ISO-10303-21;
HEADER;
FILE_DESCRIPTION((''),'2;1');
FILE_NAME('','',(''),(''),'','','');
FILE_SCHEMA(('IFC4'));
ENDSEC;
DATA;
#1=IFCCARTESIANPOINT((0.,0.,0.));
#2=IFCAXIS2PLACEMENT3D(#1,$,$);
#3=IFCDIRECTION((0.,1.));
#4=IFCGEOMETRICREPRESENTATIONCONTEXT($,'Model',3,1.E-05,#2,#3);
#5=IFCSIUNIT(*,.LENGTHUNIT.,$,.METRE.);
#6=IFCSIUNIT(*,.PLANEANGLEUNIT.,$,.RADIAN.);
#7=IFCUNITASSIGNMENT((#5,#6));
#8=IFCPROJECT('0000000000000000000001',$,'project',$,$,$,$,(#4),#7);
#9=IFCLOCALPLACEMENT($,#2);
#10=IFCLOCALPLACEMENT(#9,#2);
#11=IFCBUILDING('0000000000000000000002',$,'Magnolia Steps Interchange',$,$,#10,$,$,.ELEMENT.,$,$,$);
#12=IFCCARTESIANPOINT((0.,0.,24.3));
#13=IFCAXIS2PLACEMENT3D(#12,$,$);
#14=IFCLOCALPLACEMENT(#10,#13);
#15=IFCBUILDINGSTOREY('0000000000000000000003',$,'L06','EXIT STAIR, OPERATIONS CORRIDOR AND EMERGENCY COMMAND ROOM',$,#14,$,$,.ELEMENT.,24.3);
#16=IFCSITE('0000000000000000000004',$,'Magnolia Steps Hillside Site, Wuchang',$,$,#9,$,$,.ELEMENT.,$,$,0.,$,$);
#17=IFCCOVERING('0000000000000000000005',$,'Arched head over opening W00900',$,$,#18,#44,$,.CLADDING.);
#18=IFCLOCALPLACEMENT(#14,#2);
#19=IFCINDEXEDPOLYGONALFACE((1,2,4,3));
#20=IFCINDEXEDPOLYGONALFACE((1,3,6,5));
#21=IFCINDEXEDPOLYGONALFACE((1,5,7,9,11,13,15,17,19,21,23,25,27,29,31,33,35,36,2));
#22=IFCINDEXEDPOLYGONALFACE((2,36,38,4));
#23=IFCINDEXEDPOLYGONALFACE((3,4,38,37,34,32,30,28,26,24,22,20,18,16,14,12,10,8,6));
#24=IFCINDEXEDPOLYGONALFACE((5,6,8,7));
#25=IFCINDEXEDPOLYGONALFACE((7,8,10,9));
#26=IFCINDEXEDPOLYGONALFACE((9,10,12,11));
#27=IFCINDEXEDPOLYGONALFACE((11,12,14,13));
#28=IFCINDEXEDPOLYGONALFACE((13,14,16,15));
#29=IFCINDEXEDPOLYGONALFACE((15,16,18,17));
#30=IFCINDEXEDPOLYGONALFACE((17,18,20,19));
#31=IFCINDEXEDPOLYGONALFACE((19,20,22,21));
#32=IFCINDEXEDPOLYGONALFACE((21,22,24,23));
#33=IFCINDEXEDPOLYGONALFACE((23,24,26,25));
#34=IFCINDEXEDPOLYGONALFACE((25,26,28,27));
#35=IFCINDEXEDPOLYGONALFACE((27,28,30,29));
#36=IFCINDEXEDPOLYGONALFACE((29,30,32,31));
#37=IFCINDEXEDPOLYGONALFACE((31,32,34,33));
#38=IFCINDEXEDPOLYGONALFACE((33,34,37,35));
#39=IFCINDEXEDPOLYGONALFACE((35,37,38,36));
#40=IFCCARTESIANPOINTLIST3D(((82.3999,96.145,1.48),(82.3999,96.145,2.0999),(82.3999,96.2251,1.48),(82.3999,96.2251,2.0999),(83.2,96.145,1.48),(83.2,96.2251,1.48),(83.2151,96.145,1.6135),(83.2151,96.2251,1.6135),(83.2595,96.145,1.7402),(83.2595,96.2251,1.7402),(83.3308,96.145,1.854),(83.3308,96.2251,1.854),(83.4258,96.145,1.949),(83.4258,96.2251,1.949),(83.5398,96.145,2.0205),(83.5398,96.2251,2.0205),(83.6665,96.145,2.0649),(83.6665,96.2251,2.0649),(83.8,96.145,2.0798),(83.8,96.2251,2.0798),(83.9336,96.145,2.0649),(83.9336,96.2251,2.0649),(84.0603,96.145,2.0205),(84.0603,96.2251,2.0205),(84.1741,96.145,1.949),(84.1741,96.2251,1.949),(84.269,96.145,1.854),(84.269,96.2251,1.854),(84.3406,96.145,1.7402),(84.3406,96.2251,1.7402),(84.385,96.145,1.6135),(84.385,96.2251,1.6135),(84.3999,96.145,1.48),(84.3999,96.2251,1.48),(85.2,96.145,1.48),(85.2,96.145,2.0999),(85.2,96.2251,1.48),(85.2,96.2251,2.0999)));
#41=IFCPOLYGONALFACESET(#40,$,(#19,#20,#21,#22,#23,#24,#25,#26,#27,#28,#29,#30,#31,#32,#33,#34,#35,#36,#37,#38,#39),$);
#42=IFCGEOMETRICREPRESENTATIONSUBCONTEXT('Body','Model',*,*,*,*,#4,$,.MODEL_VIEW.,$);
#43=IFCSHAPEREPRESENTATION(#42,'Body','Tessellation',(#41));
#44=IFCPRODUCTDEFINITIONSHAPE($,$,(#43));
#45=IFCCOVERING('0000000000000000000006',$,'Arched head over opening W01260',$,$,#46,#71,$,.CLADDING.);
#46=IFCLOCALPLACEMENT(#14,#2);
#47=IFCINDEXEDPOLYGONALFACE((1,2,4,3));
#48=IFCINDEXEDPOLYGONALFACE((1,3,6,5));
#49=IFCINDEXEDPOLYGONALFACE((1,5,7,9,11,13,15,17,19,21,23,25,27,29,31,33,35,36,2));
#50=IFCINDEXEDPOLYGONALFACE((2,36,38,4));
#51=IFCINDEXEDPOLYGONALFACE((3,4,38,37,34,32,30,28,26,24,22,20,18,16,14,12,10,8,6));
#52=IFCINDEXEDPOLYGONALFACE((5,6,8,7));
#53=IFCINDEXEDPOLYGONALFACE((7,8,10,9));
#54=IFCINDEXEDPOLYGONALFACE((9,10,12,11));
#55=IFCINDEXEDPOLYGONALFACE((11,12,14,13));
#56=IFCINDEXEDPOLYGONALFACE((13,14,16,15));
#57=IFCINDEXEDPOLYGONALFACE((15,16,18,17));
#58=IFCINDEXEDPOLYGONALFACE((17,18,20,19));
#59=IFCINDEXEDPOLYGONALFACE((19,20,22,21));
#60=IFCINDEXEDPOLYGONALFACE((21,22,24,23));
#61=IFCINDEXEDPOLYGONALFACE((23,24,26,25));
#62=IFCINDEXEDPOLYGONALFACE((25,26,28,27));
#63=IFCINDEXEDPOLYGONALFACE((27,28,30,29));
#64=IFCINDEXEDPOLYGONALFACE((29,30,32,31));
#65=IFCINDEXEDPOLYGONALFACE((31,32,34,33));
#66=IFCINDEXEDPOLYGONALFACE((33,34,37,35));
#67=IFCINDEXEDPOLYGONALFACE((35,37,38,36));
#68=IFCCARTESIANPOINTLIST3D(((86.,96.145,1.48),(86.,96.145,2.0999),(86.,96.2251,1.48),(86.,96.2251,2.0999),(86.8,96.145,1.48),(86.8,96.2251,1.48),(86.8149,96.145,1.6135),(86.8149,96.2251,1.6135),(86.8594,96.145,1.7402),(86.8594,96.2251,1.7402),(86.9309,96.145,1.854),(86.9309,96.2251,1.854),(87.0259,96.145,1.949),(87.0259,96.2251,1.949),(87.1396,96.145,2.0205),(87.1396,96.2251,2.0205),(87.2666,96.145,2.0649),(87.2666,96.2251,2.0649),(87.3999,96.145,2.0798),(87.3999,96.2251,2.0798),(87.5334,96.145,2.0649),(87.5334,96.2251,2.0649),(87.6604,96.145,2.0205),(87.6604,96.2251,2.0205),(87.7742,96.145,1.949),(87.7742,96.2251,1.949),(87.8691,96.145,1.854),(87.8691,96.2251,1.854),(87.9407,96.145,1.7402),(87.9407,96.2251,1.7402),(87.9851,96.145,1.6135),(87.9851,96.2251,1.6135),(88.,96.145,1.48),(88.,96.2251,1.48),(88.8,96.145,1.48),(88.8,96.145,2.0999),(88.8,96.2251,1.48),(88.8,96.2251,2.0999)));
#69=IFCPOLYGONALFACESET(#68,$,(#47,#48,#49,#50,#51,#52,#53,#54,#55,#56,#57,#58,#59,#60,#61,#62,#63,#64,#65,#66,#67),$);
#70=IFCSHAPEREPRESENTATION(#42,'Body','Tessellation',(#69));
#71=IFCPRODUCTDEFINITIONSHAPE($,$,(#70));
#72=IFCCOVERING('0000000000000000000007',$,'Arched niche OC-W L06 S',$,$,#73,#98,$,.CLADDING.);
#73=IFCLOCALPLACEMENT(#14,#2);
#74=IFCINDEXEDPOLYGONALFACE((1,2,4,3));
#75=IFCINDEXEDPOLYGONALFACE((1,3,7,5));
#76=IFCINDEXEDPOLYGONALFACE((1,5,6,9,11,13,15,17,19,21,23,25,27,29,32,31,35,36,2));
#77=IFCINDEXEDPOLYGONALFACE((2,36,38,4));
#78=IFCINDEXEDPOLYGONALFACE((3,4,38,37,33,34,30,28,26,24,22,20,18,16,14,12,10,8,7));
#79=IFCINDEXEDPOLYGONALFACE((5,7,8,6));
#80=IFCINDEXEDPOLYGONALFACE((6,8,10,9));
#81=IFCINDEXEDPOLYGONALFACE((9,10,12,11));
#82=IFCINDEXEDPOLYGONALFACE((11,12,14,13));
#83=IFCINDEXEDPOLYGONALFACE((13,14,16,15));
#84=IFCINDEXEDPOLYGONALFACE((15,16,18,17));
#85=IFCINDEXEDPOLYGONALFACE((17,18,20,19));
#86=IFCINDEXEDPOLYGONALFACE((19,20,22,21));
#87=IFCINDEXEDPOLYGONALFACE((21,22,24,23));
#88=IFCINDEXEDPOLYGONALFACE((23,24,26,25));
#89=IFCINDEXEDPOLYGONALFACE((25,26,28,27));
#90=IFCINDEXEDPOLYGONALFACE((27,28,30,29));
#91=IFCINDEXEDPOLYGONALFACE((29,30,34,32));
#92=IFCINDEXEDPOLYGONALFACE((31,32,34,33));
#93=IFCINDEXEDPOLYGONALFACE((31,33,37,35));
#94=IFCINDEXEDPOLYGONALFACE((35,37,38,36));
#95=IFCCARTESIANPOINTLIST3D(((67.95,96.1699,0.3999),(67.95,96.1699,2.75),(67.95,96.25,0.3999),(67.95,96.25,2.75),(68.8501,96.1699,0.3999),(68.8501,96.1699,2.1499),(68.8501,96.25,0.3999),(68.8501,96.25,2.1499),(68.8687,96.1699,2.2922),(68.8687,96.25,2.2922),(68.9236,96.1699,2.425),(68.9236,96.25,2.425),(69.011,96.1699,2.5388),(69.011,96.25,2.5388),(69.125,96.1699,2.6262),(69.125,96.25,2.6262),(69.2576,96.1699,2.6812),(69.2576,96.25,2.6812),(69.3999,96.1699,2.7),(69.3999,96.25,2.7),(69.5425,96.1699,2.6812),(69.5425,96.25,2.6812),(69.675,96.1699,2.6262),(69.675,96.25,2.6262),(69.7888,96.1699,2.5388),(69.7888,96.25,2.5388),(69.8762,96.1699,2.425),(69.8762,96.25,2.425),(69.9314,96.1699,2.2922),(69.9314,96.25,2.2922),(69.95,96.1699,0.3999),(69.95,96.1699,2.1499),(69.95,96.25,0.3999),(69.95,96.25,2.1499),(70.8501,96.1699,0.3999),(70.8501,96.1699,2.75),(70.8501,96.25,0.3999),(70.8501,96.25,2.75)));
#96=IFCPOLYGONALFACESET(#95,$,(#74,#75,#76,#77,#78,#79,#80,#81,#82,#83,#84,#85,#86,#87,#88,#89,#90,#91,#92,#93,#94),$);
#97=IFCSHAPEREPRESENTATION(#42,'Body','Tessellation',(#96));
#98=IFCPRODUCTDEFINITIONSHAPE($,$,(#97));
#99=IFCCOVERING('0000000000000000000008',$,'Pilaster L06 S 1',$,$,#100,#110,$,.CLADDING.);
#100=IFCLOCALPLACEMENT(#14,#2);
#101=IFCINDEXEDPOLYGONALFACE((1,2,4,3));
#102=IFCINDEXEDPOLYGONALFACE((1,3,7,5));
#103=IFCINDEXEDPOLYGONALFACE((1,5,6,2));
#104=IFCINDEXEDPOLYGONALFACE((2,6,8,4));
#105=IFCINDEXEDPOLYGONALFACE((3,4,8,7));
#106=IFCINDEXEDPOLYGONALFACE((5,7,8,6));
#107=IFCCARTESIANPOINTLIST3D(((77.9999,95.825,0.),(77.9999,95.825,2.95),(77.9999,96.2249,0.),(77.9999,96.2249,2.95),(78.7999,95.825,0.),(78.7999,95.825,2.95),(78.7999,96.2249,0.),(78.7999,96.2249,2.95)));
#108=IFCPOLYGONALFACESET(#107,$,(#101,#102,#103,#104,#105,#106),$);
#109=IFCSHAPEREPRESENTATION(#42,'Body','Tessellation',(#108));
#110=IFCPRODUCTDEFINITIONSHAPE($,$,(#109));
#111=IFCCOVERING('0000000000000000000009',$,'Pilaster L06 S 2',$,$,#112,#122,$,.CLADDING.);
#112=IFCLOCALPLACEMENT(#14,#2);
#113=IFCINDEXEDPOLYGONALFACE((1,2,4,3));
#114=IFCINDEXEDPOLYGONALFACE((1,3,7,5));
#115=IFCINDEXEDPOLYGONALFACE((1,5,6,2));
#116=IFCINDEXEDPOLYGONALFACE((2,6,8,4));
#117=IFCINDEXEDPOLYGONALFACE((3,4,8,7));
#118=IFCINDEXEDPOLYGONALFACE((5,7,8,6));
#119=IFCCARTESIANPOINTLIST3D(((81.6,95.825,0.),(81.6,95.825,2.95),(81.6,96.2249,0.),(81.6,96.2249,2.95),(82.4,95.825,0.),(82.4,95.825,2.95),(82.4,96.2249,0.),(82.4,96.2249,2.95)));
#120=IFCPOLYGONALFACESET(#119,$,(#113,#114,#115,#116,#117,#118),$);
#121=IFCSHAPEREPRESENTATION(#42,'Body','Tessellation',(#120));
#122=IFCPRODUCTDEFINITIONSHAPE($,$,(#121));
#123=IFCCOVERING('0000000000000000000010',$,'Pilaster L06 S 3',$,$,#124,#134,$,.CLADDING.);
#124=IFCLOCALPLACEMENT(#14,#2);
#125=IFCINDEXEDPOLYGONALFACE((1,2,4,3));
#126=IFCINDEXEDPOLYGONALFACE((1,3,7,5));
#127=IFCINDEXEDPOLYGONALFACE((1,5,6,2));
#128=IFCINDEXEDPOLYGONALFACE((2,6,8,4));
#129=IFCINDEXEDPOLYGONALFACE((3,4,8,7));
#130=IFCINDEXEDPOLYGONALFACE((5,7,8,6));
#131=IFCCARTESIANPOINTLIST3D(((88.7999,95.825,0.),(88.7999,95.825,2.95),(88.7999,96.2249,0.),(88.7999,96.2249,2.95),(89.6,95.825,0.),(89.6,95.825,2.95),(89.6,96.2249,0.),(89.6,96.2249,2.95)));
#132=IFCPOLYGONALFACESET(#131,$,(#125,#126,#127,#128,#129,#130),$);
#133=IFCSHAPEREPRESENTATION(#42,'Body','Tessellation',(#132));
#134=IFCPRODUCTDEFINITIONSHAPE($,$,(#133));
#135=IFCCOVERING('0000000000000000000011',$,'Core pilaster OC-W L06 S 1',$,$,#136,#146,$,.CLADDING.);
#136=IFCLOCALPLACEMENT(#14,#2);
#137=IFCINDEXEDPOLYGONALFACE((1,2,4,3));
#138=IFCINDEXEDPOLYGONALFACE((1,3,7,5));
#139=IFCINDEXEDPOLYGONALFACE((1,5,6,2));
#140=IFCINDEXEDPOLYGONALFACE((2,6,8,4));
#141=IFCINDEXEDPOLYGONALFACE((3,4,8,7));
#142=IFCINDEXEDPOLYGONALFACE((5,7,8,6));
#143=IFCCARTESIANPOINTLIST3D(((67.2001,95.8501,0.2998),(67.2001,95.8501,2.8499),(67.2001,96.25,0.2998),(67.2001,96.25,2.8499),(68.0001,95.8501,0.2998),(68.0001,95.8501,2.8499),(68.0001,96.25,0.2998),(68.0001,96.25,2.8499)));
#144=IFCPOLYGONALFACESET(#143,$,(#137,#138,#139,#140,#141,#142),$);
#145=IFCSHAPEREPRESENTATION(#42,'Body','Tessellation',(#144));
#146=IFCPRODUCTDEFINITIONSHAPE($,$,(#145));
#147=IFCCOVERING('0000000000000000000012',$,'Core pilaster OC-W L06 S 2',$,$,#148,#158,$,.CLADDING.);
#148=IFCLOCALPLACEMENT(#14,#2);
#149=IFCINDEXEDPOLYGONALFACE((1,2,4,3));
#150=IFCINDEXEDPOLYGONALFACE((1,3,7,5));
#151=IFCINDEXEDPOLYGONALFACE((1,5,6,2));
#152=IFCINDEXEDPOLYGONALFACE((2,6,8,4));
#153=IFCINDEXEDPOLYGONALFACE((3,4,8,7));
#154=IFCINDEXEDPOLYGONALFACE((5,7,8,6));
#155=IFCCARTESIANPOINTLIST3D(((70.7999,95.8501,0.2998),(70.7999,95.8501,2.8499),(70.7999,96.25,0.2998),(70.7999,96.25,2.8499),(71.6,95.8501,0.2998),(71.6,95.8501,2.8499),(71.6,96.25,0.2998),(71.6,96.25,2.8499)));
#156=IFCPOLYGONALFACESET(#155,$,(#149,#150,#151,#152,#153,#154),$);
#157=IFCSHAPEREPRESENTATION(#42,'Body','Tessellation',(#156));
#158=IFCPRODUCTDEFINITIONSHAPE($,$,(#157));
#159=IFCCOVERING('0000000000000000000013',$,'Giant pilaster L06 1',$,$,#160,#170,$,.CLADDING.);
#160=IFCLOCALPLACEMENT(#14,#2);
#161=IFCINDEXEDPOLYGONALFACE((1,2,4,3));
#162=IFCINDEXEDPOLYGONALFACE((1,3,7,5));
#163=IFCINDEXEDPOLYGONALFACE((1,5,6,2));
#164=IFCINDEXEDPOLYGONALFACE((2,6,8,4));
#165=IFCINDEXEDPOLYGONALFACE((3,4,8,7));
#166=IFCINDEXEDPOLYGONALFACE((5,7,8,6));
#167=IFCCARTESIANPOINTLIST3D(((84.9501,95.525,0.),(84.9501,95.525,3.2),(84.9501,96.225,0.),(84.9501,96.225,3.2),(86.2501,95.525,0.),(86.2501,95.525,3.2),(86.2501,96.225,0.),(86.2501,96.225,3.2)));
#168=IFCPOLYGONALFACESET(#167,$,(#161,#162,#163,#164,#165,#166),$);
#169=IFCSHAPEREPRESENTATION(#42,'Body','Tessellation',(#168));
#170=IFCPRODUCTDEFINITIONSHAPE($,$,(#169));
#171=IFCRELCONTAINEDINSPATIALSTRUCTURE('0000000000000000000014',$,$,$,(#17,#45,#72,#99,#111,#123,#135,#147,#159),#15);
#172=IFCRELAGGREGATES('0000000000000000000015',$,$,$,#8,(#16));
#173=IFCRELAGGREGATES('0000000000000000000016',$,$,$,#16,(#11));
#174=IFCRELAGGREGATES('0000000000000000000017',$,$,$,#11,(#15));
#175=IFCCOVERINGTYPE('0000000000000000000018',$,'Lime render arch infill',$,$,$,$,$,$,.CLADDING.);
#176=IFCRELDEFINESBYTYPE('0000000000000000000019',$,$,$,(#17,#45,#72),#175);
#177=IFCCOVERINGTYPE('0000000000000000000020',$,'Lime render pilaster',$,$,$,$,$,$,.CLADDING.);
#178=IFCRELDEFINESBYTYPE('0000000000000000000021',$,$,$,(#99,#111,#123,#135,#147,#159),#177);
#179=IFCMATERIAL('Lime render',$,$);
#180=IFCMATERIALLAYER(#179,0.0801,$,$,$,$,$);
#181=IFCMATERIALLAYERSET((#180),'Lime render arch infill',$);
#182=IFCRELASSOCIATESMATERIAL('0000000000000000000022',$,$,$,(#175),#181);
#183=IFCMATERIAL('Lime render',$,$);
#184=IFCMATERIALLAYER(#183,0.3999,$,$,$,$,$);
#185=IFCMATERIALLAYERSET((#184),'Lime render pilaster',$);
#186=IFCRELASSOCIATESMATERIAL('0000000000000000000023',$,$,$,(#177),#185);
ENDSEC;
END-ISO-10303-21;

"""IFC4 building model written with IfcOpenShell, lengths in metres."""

from ifc_helpers import new_model, si_unit, direction, frame, origin, origin_2d, place, context, subcontext, project, spatial, polyline, rectangle, outline, extrude, material, layer, layer_set, type_object, element, save


model = new_model("IFC4")

# Units and contexts
model_context = context("Model", 3, precision=1e-05, world=origin(), true_north=direction((0.0, 1.0)))
body_context = subcontext(model_context, "Body", "Model", "MODEL_VIEW")
ifc_project = project(units=[si_unit("LENGTHUNIT", "METRE"), si_unit("PLANEANGLEUNIT", "RADIAN")], contexts=[model_context])

# Site, building, storey
site_placement = place(None, origin())
site = spatial("IfcSite", under=ifc_project, at=site_placement, Name="Magnolia Steps Hillside Site, Wuchang", CompositionType="ELEMENT", RefElevation=0.0)
building_placement = place(site_placement, origin())
building = spatial("IfcBuilding", under=site, at=building_placement, Name="Magnolia Steps Interchange", CompositionType="ELEMENT")
storey_placement = place(building_placement, frame((0.0, 0.0, 24.3)))
storey = spatial("IfcBuildingStorey", under=building, at=storey_placement, Name="L06", Description="EXIT STAIR, OPERATIONS CORRIDOR AND EMERGENCY COMMAND ROOM", CompositionType="ELEMENT", Elevation=24.3)

# Coverings
ifc_material_1 = material(Name="Lime render")
ifc_layer_1 = layer(ifc_material_1, 0.0801)
ifc_layer_set_1 = layer_set([ifc_layer_1], Name="Lime render arch infill")
covering_type_1 = type_object("IfcCoveringType", Name="Lime render arch infill", PredefinedType="CLADDING", material=ifc_layer_set_1)
covering_1_placement = place(storey_placement, frame((82.3999, 96.2251, 1.48), z_axis=(0.0, 1.0, 0.0), x_axis=(0.0, 0.0, 1.0)))
element("IfcCovering", 1, at=covering_1_placement, inside=storey, type_object=covering_type_1, Name="Arched head over opening W00900", PredefinedType="CLADDING", context=body_context, shape_type="SweptSolid", body=[
    extrude(outline(polyline([(0.0, 0.0), (0.6199, 0.0), (0.6199, 2.8), (0.0, 2.8), (0.0, 2.0), (0.1335, 1.9851), (0.2603, 1.9407), (0.374, 1.8691), (0.469, 1.7742), (0.5405, 1.6604), (0.585, 1.5337), (0.5999, 1.4001), (0.585, 1.2666), (0.5405, 1.1399), (0.469, 1.0259), (0.374, 0.9309), (0.2603, 0.8596), (0.1335, 0.8152), (0.0, 0.8), (0.0, 0.0)])), origin(), (0.0, 0.0, -1.0), 0.0801),
])
covering_2_placement = place(storey_placement, frame((86.0, 96.2251, 1.48), z_axis=(0.0, 1.0, 0.0), x_axis=(0.0, 0.0, 1.0)))
element("IfcCovering", 2, at=covering_2_placement, inside=storey, type_object=covering_type_1, Name="Arched head over opening W01260", PredefinedType="CLADDING", context=body_context, shape_type="SweptSolid", body=[
    extrude(outline(polyline([(0.0, 0.0), (0.6199, 0.0), (0.6199, 2.8), (0.0, 2.8), (0.0, 2.0), (0.1335, 1.9851), (0.2603, 1.9407), (0.374, 1.8691), (0.469, 1.7742), (0.5405, 1.6604), (0.585, 1.5334), (0.5999, 1.3999), (0.585, 1.2666), (0.5405, 1.1396), (0.469, 1.0259), (0.374, 0.9309), (0.2603, 0.8594), (0.1335, 0.8149), (0.0, 0.8), (0.0, 0.0)])), origin(), (0.0, 0.0, -1.0), 0.0801),
])
covering_3_placement = place(storey_placement, frame((67.95, 96.25, 0.3999), z_axis=(0.0, 1.0, 0.0), x_axis=(0.0, 0.0, 1.0)))
element("IfcCovering", 3, at=covering_3_placement, inside=storey, type_object=covering_type_1, Name="Arched niche OC-W L06 S", PredefinedType="CLADDING", context=body_context, shape_type="SweptSolid", body=[
    extrude(outline(polyline([(0.0, 0.0), (2.3501, 0.0), (2.3501, 2.9001), (0.0, 2.9001), (0.0, 2.0), (1.75, 2.0), (1.8923, 1.9814), (2.0251, 1.9263), (2.1389, 1.8389), (2.2263, 1.7251), (2.2812, 1.5925), (2.3, 1.45), (2.2812, 1.3076), (2.2263, 1.175), (2.1389, 1.061), (2.0251, 0.9736), (1.8923, 0.9187), (1.75, 0.9001), (0.0, 0.9001), (0.0, 0.0)])), origin(), (0.0, 0.0, -1.0), 0.0801),
])
ifc_material_2 = material(Name="Lime render")
ifc_layer_2 = layer(ifc_material_2, 0.3999)
ifc_layer_set_2 = layer_set([ifc_layer_2], Name="Lime render pilaster")
covering_type_2 = type_object("IfcCoveringType", Name="Lime render pilaster", PredefinedType="CLADDING", material=ifc_layer_set_2)
for number, where, z_axis, x_axis, name in (
    (4, (78.3999, 96.0249, 0.0), (0.0, 0.0, 1.0), (1.0, 0.0, 0.0), "Pilaster L06 S 1"),
    (5, (82.0, 96.0249, 0.0), (0.0, 0.0, 1.0), (1.0, 0.0, 0.0), "Pilaster L06 S 2"),
    (6, (89.2, 96.0249, 0.0), (0.0, 0.0, 1.0), (1.0, 0.0, 0.0), "Pilaster L06 S 3"),
):
    element("IfcCovering", number, at=place(storey_placement, frame(where, z_axis=z_axis, x_axis=x_axis)), inside=storey, type_object=covering_type_2, Name=name, PredefinedType="CLADDING", context=body_context, shape_type="SweptSolid", body=[
        extrude(rectangle(XDim=0.8, YDim=0.3999, at=origin_2d()), origin(), (0.0, 0.0, 1.0), 2.95),
    ])
for number, where, z_axis, x_axis, name in (
    (7, (67.6001, 96.05, 0.2998), (0.0, 0.0, 1.0), (1.0, 0.0, 0.0), "Core pilaster OC-W L06 S 1"),
    (8, (71.2, 96.05, 0.2998), (0.0, 0.0, 1.0), (1.0, 0.0, 0.0), "Core pilaster OC-W L06 S 2"),
):
    element("IfcCovering", number, at=place(storey_placement, frame(where, z_axis=z_axis, x_axis=x_axis)), inside=storey, type_object=covering_type_2, Name=name, PredefinedType="CLADDING", context=body_context, shape_type="SweptSolid", body=[
        extrude(rectangle(XDim=0.8, YDim=0.3999, at=origin_2d()), origin(), (0.0, 0.0, 1.0), 2.55),
    ])
covering_4_placement = place(storey_placement, frame((85.6001, 95.875, 0.0), z_axis=(0.0, 0.0, 1.0), x_axis=(1.0, 0.0, 0.0)))
element("IfcCovering", 9, at=covering_4_placement, inside=storey, type_object=covering_type_2, Name="Giant pilaster L06 1", PredefinedType="CLADDING", context=body_context, shape_type="SweptSolid", body=[
    extrude(rectangle(XDim=1.3, YDim=0.7, at=origin_2d()), origin(), (0.0, 0.0, 1.0), 3.2),
])

save(model, "model.ifc")
